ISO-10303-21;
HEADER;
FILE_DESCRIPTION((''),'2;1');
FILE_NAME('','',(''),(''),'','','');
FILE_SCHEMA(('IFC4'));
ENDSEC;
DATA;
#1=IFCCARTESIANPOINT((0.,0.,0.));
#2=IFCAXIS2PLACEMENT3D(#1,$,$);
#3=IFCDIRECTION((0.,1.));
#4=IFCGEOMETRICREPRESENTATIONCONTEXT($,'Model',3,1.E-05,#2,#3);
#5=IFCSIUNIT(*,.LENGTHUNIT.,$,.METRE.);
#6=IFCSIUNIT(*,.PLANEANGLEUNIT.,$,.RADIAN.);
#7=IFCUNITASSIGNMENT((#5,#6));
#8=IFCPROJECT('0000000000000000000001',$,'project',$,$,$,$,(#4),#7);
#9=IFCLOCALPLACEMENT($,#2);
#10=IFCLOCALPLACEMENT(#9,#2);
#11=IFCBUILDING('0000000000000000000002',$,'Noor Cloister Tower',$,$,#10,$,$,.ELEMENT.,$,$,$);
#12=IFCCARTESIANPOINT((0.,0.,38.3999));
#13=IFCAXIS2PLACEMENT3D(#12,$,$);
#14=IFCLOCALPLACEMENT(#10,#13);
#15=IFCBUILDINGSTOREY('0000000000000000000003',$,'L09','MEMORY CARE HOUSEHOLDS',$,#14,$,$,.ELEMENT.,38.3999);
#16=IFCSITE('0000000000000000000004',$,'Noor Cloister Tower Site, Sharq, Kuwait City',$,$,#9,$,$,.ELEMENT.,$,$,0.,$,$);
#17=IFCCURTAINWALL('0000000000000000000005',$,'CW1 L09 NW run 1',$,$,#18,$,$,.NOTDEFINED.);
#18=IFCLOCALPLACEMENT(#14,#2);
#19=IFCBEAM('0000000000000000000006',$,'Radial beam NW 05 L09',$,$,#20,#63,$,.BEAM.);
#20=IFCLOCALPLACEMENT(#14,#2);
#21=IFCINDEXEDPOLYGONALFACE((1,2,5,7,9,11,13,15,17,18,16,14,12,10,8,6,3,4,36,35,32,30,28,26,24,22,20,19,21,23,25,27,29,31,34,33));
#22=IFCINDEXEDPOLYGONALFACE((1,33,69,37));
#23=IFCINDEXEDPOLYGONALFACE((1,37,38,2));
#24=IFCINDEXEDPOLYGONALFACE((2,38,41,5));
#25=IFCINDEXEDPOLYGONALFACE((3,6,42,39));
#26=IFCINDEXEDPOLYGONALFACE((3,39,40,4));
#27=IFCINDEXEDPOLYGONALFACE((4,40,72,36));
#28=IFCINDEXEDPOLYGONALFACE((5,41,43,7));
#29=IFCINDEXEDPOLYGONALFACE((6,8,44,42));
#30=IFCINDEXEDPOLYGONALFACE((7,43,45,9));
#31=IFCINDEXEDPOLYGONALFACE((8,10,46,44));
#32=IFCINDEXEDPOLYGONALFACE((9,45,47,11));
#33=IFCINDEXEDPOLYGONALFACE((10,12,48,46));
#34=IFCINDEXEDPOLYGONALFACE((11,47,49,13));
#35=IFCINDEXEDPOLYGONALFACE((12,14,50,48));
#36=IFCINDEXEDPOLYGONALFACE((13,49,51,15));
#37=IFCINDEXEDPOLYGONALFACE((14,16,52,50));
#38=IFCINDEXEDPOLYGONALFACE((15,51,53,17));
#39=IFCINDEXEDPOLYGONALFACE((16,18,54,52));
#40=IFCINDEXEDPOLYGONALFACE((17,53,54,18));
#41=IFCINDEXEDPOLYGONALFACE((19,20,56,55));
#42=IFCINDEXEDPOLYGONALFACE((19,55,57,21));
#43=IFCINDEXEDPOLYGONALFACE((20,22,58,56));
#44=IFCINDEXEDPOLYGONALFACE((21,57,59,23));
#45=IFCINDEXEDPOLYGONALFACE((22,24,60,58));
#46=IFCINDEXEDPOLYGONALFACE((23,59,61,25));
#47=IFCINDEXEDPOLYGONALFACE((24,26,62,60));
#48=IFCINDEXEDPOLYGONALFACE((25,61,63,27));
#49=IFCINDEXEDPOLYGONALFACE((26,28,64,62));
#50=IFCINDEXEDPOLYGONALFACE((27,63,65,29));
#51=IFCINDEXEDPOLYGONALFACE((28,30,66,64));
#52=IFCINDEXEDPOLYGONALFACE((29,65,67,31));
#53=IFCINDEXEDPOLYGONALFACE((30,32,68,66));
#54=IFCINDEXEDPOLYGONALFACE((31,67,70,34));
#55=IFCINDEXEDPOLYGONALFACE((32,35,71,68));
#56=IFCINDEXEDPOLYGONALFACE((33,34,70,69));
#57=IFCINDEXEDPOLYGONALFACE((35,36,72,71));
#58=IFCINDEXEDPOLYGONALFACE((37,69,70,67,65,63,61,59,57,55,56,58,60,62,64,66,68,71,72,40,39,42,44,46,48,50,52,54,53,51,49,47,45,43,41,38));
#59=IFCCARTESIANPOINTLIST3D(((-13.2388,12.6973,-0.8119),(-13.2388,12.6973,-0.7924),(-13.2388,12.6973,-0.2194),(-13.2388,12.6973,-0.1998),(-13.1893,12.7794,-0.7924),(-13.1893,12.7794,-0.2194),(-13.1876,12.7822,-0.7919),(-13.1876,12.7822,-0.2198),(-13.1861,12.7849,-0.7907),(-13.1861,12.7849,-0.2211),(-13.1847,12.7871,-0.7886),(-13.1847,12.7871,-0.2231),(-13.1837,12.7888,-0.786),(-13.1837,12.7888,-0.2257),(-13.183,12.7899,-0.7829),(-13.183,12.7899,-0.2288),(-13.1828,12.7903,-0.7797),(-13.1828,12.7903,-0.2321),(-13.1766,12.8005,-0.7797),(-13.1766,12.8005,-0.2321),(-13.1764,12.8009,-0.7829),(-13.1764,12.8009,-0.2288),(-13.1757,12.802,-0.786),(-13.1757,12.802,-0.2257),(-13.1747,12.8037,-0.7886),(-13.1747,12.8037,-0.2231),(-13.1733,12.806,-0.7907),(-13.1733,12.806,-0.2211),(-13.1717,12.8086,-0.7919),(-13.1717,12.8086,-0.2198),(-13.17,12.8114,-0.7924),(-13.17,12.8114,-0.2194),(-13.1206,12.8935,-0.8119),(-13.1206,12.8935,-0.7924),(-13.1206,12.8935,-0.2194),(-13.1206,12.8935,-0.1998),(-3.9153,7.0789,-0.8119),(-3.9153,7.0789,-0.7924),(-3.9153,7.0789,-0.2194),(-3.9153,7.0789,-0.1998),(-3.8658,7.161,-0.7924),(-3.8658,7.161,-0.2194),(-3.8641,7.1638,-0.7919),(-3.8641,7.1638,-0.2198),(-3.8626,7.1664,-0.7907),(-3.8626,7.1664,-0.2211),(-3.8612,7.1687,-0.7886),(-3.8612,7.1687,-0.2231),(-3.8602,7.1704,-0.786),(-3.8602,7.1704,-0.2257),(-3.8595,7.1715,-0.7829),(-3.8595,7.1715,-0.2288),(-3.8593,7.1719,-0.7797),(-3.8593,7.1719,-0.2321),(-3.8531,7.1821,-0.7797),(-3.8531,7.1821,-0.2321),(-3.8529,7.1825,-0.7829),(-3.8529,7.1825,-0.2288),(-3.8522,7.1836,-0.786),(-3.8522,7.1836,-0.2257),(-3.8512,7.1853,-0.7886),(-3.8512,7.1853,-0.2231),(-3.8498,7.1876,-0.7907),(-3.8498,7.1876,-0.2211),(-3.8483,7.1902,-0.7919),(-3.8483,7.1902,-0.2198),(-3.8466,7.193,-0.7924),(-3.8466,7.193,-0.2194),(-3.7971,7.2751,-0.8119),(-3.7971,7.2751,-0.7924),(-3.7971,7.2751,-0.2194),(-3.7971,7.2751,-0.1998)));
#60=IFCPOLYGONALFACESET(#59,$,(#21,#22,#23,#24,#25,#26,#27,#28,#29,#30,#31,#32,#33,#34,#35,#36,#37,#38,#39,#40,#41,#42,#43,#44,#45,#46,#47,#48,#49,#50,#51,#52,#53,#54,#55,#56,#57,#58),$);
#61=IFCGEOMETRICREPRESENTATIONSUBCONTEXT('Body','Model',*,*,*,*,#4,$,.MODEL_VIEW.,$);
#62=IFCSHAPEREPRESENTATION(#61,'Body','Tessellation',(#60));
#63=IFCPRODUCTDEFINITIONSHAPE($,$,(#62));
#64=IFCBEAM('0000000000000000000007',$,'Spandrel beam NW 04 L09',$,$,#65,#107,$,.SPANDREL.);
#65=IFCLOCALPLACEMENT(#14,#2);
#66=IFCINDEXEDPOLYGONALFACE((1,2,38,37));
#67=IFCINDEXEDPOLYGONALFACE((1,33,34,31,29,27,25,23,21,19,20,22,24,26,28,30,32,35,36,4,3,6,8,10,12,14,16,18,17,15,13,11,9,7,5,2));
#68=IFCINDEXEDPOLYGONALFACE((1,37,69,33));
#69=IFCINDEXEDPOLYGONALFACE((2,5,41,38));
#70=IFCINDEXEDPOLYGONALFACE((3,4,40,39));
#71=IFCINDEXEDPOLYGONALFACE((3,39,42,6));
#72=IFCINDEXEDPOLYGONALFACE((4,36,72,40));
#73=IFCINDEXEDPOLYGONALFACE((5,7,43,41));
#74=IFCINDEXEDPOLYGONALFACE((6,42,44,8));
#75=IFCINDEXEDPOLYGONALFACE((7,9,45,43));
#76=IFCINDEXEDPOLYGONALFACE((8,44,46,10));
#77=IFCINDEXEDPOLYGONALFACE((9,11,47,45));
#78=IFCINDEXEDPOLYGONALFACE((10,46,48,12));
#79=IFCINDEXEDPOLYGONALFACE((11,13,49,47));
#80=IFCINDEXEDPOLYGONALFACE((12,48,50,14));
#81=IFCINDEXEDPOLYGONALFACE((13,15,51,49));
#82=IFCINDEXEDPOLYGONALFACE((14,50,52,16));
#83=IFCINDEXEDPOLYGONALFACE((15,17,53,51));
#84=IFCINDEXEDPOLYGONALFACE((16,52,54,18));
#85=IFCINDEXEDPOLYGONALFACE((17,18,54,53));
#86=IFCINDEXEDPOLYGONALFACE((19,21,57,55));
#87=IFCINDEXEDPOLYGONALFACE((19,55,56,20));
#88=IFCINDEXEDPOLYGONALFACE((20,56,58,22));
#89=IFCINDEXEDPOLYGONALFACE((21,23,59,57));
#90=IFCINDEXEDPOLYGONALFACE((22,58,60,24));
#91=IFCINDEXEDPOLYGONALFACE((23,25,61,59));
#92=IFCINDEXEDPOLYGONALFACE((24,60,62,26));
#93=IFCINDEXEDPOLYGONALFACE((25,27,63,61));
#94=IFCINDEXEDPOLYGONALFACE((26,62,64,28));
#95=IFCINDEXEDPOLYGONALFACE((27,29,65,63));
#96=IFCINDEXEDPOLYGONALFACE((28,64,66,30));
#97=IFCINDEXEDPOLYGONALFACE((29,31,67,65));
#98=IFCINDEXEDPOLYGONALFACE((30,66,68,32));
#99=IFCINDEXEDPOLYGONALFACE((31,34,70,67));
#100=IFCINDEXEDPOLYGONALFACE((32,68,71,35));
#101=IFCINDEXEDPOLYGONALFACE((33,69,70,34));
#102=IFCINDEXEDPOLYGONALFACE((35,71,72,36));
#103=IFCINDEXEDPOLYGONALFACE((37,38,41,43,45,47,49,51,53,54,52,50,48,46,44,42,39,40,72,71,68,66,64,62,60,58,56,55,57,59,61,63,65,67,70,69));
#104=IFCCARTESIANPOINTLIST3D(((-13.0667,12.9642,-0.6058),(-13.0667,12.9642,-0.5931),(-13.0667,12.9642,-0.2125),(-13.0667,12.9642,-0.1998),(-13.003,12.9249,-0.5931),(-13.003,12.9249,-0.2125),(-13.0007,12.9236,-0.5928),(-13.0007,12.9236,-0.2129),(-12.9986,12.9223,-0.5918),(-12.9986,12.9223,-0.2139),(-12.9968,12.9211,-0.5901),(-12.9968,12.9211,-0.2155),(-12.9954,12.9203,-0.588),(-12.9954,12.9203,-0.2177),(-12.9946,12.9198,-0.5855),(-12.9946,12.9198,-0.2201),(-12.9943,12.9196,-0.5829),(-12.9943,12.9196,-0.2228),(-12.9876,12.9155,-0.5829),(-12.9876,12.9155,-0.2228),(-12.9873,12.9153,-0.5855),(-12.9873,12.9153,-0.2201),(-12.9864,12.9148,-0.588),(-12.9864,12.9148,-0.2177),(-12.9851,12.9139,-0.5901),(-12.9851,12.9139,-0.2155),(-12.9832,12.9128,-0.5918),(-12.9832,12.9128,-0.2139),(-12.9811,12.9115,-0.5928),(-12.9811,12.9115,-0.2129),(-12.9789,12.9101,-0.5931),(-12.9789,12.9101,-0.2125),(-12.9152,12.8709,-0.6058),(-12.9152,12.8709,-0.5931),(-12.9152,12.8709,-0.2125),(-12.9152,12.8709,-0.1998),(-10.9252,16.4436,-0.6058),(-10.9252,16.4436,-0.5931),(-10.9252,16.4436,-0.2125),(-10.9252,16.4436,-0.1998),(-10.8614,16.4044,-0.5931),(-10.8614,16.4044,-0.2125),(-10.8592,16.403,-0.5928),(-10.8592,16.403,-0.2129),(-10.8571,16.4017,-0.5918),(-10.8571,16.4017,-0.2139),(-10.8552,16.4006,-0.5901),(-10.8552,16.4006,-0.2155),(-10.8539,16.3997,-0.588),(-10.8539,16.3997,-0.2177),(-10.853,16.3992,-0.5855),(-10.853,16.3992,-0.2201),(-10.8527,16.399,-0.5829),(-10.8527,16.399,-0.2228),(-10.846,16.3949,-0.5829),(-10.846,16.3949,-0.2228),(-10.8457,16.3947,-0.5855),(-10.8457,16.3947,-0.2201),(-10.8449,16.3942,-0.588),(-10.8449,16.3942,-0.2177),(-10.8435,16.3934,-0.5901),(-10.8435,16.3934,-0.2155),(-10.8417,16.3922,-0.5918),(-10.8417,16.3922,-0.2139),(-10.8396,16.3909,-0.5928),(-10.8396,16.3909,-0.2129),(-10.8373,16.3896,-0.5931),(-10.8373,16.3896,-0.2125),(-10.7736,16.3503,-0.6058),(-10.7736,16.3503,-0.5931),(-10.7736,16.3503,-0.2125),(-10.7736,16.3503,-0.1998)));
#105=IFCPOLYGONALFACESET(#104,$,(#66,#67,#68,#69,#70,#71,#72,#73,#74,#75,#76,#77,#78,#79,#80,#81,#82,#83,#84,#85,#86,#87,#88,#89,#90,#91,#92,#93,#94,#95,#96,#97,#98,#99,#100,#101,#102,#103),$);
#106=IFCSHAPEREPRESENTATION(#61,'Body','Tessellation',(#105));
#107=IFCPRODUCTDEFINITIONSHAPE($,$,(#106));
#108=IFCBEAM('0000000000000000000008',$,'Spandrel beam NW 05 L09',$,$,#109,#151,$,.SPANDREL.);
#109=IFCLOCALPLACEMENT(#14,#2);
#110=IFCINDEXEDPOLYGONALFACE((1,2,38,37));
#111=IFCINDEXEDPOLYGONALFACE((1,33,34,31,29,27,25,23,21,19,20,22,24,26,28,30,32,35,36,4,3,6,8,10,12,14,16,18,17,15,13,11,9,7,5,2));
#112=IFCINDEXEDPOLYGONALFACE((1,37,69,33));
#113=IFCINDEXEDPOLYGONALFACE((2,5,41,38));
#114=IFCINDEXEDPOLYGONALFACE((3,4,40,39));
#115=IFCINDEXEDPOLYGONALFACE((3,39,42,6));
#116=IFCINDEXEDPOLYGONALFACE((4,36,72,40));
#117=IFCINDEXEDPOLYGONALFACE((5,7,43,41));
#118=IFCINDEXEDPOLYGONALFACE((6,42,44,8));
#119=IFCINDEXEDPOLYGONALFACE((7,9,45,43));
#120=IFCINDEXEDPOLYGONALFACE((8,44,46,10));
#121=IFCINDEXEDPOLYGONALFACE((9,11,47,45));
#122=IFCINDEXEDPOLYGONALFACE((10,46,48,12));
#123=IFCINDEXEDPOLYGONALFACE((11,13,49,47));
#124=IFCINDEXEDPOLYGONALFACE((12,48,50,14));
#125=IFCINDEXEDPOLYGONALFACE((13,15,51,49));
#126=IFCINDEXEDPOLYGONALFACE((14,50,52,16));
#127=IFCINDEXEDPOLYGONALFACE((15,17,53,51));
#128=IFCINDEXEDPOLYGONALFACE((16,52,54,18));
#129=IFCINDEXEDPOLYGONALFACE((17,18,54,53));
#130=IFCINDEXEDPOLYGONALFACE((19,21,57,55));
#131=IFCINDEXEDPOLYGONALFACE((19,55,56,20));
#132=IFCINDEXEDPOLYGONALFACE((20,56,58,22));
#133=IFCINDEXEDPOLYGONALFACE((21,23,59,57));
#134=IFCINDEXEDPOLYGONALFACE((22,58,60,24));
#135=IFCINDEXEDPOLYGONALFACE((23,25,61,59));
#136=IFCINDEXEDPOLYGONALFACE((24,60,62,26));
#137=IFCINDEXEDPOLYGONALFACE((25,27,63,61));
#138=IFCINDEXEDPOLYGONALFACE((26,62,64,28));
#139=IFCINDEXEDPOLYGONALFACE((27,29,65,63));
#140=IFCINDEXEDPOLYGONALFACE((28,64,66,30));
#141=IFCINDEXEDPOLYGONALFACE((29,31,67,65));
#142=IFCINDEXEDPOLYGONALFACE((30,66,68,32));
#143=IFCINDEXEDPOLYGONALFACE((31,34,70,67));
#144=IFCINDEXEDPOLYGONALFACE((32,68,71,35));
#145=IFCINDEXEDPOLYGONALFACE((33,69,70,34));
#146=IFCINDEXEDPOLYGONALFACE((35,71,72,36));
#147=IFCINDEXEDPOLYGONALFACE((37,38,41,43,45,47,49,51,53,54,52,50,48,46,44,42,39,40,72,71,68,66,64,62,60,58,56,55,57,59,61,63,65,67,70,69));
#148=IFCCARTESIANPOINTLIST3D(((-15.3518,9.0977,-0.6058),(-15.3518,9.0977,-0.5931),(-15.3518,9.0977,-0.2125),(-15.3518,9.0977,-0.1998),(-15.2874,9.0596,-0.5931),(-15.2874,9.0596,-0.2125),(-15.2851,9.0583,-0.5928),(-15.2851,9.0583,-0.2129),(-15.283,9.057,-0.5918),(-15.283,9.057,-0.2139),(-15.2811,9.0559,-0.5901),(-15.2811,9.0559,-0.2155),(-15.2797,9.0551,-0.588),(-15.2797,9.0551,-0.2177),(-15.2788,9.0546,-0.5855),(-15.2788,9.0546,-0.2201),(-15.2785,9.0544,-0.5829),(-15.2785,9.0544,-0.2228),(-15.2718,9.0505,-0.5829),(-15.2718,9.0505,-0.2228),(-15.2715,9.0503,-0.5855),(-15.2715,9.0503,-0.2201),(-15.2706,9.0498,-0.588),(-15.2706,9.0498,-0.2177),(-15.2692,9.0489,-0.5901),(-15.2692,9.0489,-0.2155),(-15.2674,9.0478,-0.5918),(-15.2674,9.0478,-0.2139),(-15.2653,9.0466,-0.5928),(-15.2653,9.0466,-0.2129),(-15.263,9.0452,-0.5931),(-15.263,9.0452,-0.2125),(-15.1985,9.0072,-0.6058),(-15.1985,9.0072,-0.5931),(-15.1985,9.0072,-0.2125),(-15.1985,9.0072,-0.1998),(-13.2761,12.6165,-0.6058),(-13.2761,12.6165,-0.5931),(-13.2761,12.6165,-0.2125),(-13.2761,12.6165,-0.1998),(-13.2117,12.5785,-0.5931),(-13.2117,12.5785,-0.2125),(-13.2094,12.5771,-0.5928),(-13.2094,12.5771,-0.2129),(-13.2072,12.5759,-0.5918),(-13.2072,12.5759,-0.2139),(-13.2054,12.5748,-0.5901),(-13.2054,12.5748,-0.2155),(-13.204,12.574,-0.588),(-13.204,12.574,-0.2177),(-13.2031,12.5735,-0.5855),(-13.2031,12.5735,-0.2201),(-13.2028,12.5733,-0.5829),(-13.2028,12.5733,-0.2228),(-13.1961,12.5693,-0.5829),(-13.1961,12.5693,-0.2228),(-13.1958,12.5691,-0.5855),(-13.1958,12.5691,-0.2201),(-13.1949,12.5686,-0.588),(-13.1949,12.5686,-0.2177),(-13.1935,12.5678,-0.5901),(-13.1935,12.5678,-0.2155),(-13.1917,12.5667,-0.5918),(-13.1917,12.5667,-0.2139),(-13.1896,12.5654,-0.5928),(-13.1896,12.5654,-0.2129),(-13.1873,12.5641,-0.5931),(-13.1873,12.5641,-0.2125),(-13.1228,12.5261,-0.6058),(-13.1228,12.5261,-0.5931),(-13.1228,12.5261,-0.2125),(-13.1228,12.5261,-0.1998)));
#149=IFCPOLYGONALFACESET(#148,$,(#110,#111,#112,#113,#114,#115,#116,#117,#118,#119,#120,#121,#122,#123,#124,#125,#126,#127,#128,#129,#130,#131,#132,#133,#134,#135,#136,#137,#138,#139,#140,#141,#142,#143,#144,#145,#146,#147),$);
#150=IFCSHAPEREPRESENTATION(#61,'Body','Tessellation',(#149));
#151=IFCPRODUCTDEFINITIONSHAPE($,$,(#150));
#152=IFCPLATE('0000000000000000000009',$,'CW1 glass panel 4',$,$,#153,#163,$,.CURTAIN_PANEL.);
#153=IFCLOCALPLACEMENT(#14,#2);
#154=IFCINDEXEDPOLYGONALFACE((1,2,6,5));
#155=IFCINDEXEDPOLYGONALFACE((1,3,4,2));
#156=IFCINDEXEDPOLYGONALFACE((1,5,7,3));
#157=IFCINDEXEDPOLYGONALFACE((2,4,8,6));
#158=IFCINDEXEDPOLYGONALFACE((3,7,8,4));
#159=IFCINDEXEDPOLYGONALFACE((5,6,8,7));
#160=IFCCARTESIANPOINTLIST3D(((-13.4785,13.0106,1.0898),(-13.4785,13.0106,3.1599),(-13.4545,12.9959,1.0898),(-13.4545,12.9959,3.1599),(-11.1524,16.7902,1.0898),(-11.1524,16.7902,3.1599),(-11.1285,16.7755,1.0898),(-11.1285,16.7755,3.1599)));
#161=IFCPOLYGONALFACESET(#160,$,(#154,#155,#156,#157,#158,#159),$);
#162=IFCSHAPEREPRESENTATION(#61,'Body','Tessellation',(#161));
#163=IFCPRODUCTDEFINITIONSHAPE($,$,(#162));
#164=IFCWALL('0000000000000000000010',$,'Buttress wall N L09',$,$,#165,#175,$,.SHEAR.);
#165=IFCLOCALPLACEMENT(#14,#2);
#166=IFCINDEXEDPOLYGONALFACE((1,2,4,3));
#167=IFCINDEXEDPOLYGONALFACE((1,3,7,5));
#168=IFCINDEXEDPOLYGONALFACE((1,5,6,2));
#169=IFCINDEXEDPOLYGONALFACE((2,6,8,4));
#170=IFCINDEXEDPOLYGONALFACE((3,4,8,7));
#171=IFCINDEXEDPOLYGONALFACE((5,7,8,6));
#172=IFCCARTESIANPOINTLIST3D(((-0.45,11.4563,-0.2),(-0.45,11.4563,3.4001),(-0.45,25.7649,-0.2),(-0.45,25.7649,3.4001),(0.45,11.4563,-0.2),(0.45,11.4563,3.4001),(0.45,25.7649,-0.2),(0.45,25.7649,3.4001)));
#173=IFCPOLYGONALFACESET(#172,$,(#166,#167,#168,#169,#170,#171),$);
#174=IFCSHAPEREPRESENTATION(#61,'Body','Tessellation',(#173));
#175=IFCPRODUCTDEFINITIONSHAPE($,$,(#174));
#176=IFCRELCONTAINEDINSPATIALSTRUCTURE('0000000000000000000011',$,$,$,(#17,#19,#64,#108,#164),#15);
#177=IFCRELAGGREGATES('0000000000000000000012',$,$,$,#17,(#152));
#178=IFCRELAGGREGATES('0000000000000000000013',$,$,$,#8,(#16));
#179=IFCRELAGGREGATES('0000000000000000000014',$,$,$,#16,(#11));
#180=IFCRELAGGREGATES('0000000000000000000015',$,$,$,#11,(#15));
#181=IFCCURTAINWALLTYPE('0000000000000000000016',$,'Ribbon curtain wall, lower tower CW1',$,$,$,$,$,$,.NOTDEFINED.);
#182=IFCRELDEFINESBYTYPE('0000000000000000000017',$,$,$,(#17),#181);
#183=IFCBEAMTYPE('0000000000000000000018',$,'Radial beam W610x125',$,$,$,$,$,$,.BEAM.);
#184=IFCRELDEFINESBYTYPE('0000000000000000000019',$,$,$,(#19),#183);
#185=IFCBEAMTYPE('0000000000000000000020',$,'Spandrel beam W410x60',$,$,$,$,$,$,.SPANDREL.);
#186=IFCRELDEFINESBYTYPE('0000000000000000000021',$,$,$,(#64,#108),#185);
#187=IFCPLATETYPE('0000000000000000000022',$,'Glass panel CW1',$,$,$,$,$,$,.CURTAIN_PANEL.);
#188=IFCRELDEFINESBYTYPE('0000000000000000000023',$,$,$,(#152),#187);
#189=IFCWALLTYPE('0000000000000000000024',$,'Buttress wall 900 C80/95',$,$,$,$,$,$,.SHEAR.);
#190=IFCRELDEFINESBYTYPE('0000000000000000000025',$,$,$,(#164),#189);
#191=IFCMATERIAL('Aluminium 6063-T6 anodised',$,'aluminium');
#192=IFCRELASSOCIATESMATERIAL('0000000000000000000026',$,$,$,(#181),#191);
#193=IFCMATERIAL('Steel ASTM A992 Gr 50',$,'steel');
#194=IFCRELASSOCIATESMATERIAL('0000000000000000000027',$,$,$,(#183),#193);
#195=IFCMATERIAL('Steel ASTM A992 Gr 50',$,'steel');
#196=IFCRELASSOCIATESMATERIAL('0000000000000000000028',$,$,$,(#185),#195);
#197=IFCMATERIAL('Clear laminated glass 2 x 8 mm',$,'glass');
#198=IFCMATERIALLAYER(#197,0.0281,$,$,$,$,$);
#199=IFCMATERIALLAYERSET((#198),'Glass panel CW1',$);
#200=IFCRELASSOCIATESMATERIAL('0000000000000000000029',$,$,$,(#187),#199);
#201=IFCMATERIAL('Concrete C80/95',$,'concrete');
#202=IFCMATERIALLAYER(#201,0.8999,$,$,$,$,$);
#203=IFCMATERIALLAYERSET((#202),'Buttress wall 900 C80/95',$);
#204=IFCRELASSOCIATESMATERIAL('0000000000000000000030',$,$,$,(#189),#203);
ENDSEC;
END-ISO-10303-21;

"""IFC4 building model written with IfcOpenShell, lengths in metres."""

from ifc_helpers import new_model, si_unit, direction, frame, frame_2d, origin, origin_2d, place, context, subcontext, project, spatial, rectangle, i_section, extrude, material, layer, layer_set, material_profile, profile_set, type_object, element, aggregate, save


model = new_model("IFC4")

# Units and contexts
model_context = context("Model", 3, precision=1e-05, world=origin(), true_north=direction((0.0, 1.0)))
body_context = subcontext(model_context, "Body", "Model", "MODEL_VIEW")
ifc_project = project(units=[si_unit("LENGTHUNIT", "METRE"), si_unit("PLANEANGLEUNIT", "RADIAN")], contexts=[model_context])

# Site, building, storey
site_placement = place(None, origin())
site = spatial("IfcSite", under=ifc_project, at=site_placement, Name="Noor Cloister Tower Site, Sharq, Kuwait City", CompositionType="ELEMENT", RefElevation=0.0)
building_placement = place(site_placement, origin())
building = spatial("IfcBuilding", under=site, at=building_placement, Name="Noor Cloister Tower", CompositionType="ELEMENT")
storey_placement = place(building_placement, frame((0.0, 0.0, 38.3999)))
storey = spatial("IfcBuildingStorey", under=building, at=storey_placement, Name="L09", Description="MEMORY CARE HOUSEHOLDS", CompositionType="ELEMENT", Elevation=38.3999)

# Curtain wall
ifc_material_1 = material(Name="Aluminium 6063-T6 anodised", Category="aluminium")
curtain_wall_type = type_object("IfcCurtainWallType", Name="Ribbon curtain wall, lower tower CW1", PredefinedType="NOTDEFINED", material=ifc_material_1)
curtain_wall_placement = place(storey_placement, origin())
curtain_wall = element("IfcCurtainWall", 1, at=curtain_wall_placement, inside=storey, type_object=curtain_wall_type, Name="CW1 L09 NW run 1", PredefinedType="NOTDEFINED")

# Beams
ifc_material_2 = material(Name="Steel ASTM A992 Gr 50", Category="steel")
ifc_material_profile_1 = material_profile(ifc_material_2, i_section(OverallWidth=0.229, OverallDepth=0.6121, WebThickness=0.012, FlangeThickness=0.0195, FilletRadius=0.0127, at=origin_2d()), Name="W610x125")
ifc_profile_set_1 = profile_set([ifc_material_profile_1], Name="Steel ASTM A992 Gr 50")
beam_type_1 = type_object("IfcBeamType", Name="Radial beam W610x125", PredefinedType="BEAM", material=ifc_profile_set_1)
beam_1_placement = place(storey_placement, frame((-13.1797, 12.7954, -0.5059), z_axis=(0.856506, -0.516137, 0.0), x_axis=(0.516137, 0.856506, 0.0)))
element("IfcBeam", 2, at=beam_1_placement, inside=storey, type_object=beam_type_1, Name="Radial beam NW 05 L09", PredefinedType="BEAM", context=body_context, shape_type="SweptSolid", body=[
    extrude(i_section(OverallWidth=0.229, OverallDepth=0.6121, WebThickness=0.012, FlangeThickness=0.0195, FilletRadius=0.0127, at=origin_2d()), origin(), (0.0, 0.0, 1.0), 10.8855),
])
ifc_material_3 = material(Name="Steel ASTM A992 Gr 50", Category="steel")
ifc_material_profile_2 = material_profile(ifc_material_3, i_section(OverallWidth=0.178, OverallDepth=0.406, WebThickness=0.0078, FlangeThickness=0.0127, FilletRadius=0.0103, at=origin_2d()), Name="W410x60")
ifc_profile_set_2 = profile_set([ifc_material_profile_2], Name="Steel ASTM A992 Gr 50")
beam_type_2 = type_object("IfcBeamType", Name="Spandrel beam W410x60", PredefinedType="SPANDREL", material=ifc_profile_set_2)
beam_2_placement = place(storey_placement, frame((-10.8494, 16.397, -0.4028), z_axis=(-0.524164, -0.851617, 0.0), x_axis=(0.851617, -0.524164, 0.0)))
element("IfcBeam", 3, at=beam_2_placement, inside=storey, type_object=beam_type_2, Name="Spandrel beam NW 04 L09", PredefinedType="SPANDREL", context=body_context, shape_type="SweptSolid", body=[
    extrude(i_section(OverallWidth=0.178, OverallDepth=0.406, WebThickness=0.0078, FlangeThickness=0.0127, FilletRadius=0.0103, at=origin_2d()), origin(), (0.0, 0.0, 1.0), 4.0857),
])
beam_3_placement = place(storey_placement, frame((-13.1995, 12.5713, -0.4028), z_axis=(-0.508075, -0.861313, 0.0), x_axis=(0.861313, -0.508075, 0.0)))
element("IfcBeam", 4, at=beam_3_placement, inside=storey, type_object=beam_type_2, Name="Spandrel beam NW 05 L09", PredefinedType="SPANDREL", context=body_context, shape_type="SweptSolid", body=[
    extrude(i_section(OverallWidth=0.178, OverallDepth=0.406, WebThickness=0.0078, FlangeThickness=0.0127, FilletRadius=0.0103, at=origin_2d()), origin(), (0.0, 0.0, 1.0), 4.0854),
])

# Plate
ifc_material_4 = material(Name="Clear laminated glass 2 x 8 mm", Category="glass")
ifc_layer_1 = layer(ifc_material_4, 0.0281)
ifc_layer_set_1 = layer_set([ifc_layer_1], Name="Glass panel CW1")
plate_type = type_object("IfcPlateType", Name="Glass panel CW1", PredefinedType="CURTAIN_PANEL", material=ifc_layer_set_1)
plate_placement = place(storey_placement, frame((-12.3035, 14.8931, 1.0898), z_axis=(0.0, 0.0, 1.0), x_axis=(-0.524127, -0.85164, 0.0)))
plate = element("IfcPlate", 5, at=plate_placement, type_object=plate_type, Name="CW1 glass panel 4", PredefinedType="CURTAIN_PANEL", context=body_context, shape_type="SweptSolid", body=[
    extrude(rectangle(XDim=4.438, YDim=0.0281, at=origin_2d()), origin(), (0.0, 0.0, 1.0), 2.0701),
])
aggregate(curtain_wall, [plate])

# Wall
ifc_material_5 = material(Name="Concrete C80/95", Category="concrete")
ifc_layer_2 = layer(ifc_material_5, 0.8999)
ifc_layer_set_2 = layer_set([ifc_layer_2], Name="Buttress wall 900 C80/95")
wall_type_1 = type_object("IfcWallType", Name="Buttress wall 900 C80/95", PredefinedType="SHEAR", material=ifc_layer_set_2)
wall_1_placement = place(storey_placement, frame((0.0, 11.4563, -0.2), z_axis=(0.0, 0.0, 1.0), x_axis=(0.0, 1.0, 0.0)))
element("IfcWall", 6, at=wall_1_placement, inside=storey, type_object=wall_type_1, Name="Buttress wall N L09", PredefinedType="SHEAR", context=body_context, shape_type="SweptSolid", body=[
    extrude(rectangle(XDim=14.3086, YDim=0.8999, at=frame_2d((7.1543, 0.0))), origin(), (0.0, 0.0, 1.0), 3.6001),
])

save(model, "model.ifc")
